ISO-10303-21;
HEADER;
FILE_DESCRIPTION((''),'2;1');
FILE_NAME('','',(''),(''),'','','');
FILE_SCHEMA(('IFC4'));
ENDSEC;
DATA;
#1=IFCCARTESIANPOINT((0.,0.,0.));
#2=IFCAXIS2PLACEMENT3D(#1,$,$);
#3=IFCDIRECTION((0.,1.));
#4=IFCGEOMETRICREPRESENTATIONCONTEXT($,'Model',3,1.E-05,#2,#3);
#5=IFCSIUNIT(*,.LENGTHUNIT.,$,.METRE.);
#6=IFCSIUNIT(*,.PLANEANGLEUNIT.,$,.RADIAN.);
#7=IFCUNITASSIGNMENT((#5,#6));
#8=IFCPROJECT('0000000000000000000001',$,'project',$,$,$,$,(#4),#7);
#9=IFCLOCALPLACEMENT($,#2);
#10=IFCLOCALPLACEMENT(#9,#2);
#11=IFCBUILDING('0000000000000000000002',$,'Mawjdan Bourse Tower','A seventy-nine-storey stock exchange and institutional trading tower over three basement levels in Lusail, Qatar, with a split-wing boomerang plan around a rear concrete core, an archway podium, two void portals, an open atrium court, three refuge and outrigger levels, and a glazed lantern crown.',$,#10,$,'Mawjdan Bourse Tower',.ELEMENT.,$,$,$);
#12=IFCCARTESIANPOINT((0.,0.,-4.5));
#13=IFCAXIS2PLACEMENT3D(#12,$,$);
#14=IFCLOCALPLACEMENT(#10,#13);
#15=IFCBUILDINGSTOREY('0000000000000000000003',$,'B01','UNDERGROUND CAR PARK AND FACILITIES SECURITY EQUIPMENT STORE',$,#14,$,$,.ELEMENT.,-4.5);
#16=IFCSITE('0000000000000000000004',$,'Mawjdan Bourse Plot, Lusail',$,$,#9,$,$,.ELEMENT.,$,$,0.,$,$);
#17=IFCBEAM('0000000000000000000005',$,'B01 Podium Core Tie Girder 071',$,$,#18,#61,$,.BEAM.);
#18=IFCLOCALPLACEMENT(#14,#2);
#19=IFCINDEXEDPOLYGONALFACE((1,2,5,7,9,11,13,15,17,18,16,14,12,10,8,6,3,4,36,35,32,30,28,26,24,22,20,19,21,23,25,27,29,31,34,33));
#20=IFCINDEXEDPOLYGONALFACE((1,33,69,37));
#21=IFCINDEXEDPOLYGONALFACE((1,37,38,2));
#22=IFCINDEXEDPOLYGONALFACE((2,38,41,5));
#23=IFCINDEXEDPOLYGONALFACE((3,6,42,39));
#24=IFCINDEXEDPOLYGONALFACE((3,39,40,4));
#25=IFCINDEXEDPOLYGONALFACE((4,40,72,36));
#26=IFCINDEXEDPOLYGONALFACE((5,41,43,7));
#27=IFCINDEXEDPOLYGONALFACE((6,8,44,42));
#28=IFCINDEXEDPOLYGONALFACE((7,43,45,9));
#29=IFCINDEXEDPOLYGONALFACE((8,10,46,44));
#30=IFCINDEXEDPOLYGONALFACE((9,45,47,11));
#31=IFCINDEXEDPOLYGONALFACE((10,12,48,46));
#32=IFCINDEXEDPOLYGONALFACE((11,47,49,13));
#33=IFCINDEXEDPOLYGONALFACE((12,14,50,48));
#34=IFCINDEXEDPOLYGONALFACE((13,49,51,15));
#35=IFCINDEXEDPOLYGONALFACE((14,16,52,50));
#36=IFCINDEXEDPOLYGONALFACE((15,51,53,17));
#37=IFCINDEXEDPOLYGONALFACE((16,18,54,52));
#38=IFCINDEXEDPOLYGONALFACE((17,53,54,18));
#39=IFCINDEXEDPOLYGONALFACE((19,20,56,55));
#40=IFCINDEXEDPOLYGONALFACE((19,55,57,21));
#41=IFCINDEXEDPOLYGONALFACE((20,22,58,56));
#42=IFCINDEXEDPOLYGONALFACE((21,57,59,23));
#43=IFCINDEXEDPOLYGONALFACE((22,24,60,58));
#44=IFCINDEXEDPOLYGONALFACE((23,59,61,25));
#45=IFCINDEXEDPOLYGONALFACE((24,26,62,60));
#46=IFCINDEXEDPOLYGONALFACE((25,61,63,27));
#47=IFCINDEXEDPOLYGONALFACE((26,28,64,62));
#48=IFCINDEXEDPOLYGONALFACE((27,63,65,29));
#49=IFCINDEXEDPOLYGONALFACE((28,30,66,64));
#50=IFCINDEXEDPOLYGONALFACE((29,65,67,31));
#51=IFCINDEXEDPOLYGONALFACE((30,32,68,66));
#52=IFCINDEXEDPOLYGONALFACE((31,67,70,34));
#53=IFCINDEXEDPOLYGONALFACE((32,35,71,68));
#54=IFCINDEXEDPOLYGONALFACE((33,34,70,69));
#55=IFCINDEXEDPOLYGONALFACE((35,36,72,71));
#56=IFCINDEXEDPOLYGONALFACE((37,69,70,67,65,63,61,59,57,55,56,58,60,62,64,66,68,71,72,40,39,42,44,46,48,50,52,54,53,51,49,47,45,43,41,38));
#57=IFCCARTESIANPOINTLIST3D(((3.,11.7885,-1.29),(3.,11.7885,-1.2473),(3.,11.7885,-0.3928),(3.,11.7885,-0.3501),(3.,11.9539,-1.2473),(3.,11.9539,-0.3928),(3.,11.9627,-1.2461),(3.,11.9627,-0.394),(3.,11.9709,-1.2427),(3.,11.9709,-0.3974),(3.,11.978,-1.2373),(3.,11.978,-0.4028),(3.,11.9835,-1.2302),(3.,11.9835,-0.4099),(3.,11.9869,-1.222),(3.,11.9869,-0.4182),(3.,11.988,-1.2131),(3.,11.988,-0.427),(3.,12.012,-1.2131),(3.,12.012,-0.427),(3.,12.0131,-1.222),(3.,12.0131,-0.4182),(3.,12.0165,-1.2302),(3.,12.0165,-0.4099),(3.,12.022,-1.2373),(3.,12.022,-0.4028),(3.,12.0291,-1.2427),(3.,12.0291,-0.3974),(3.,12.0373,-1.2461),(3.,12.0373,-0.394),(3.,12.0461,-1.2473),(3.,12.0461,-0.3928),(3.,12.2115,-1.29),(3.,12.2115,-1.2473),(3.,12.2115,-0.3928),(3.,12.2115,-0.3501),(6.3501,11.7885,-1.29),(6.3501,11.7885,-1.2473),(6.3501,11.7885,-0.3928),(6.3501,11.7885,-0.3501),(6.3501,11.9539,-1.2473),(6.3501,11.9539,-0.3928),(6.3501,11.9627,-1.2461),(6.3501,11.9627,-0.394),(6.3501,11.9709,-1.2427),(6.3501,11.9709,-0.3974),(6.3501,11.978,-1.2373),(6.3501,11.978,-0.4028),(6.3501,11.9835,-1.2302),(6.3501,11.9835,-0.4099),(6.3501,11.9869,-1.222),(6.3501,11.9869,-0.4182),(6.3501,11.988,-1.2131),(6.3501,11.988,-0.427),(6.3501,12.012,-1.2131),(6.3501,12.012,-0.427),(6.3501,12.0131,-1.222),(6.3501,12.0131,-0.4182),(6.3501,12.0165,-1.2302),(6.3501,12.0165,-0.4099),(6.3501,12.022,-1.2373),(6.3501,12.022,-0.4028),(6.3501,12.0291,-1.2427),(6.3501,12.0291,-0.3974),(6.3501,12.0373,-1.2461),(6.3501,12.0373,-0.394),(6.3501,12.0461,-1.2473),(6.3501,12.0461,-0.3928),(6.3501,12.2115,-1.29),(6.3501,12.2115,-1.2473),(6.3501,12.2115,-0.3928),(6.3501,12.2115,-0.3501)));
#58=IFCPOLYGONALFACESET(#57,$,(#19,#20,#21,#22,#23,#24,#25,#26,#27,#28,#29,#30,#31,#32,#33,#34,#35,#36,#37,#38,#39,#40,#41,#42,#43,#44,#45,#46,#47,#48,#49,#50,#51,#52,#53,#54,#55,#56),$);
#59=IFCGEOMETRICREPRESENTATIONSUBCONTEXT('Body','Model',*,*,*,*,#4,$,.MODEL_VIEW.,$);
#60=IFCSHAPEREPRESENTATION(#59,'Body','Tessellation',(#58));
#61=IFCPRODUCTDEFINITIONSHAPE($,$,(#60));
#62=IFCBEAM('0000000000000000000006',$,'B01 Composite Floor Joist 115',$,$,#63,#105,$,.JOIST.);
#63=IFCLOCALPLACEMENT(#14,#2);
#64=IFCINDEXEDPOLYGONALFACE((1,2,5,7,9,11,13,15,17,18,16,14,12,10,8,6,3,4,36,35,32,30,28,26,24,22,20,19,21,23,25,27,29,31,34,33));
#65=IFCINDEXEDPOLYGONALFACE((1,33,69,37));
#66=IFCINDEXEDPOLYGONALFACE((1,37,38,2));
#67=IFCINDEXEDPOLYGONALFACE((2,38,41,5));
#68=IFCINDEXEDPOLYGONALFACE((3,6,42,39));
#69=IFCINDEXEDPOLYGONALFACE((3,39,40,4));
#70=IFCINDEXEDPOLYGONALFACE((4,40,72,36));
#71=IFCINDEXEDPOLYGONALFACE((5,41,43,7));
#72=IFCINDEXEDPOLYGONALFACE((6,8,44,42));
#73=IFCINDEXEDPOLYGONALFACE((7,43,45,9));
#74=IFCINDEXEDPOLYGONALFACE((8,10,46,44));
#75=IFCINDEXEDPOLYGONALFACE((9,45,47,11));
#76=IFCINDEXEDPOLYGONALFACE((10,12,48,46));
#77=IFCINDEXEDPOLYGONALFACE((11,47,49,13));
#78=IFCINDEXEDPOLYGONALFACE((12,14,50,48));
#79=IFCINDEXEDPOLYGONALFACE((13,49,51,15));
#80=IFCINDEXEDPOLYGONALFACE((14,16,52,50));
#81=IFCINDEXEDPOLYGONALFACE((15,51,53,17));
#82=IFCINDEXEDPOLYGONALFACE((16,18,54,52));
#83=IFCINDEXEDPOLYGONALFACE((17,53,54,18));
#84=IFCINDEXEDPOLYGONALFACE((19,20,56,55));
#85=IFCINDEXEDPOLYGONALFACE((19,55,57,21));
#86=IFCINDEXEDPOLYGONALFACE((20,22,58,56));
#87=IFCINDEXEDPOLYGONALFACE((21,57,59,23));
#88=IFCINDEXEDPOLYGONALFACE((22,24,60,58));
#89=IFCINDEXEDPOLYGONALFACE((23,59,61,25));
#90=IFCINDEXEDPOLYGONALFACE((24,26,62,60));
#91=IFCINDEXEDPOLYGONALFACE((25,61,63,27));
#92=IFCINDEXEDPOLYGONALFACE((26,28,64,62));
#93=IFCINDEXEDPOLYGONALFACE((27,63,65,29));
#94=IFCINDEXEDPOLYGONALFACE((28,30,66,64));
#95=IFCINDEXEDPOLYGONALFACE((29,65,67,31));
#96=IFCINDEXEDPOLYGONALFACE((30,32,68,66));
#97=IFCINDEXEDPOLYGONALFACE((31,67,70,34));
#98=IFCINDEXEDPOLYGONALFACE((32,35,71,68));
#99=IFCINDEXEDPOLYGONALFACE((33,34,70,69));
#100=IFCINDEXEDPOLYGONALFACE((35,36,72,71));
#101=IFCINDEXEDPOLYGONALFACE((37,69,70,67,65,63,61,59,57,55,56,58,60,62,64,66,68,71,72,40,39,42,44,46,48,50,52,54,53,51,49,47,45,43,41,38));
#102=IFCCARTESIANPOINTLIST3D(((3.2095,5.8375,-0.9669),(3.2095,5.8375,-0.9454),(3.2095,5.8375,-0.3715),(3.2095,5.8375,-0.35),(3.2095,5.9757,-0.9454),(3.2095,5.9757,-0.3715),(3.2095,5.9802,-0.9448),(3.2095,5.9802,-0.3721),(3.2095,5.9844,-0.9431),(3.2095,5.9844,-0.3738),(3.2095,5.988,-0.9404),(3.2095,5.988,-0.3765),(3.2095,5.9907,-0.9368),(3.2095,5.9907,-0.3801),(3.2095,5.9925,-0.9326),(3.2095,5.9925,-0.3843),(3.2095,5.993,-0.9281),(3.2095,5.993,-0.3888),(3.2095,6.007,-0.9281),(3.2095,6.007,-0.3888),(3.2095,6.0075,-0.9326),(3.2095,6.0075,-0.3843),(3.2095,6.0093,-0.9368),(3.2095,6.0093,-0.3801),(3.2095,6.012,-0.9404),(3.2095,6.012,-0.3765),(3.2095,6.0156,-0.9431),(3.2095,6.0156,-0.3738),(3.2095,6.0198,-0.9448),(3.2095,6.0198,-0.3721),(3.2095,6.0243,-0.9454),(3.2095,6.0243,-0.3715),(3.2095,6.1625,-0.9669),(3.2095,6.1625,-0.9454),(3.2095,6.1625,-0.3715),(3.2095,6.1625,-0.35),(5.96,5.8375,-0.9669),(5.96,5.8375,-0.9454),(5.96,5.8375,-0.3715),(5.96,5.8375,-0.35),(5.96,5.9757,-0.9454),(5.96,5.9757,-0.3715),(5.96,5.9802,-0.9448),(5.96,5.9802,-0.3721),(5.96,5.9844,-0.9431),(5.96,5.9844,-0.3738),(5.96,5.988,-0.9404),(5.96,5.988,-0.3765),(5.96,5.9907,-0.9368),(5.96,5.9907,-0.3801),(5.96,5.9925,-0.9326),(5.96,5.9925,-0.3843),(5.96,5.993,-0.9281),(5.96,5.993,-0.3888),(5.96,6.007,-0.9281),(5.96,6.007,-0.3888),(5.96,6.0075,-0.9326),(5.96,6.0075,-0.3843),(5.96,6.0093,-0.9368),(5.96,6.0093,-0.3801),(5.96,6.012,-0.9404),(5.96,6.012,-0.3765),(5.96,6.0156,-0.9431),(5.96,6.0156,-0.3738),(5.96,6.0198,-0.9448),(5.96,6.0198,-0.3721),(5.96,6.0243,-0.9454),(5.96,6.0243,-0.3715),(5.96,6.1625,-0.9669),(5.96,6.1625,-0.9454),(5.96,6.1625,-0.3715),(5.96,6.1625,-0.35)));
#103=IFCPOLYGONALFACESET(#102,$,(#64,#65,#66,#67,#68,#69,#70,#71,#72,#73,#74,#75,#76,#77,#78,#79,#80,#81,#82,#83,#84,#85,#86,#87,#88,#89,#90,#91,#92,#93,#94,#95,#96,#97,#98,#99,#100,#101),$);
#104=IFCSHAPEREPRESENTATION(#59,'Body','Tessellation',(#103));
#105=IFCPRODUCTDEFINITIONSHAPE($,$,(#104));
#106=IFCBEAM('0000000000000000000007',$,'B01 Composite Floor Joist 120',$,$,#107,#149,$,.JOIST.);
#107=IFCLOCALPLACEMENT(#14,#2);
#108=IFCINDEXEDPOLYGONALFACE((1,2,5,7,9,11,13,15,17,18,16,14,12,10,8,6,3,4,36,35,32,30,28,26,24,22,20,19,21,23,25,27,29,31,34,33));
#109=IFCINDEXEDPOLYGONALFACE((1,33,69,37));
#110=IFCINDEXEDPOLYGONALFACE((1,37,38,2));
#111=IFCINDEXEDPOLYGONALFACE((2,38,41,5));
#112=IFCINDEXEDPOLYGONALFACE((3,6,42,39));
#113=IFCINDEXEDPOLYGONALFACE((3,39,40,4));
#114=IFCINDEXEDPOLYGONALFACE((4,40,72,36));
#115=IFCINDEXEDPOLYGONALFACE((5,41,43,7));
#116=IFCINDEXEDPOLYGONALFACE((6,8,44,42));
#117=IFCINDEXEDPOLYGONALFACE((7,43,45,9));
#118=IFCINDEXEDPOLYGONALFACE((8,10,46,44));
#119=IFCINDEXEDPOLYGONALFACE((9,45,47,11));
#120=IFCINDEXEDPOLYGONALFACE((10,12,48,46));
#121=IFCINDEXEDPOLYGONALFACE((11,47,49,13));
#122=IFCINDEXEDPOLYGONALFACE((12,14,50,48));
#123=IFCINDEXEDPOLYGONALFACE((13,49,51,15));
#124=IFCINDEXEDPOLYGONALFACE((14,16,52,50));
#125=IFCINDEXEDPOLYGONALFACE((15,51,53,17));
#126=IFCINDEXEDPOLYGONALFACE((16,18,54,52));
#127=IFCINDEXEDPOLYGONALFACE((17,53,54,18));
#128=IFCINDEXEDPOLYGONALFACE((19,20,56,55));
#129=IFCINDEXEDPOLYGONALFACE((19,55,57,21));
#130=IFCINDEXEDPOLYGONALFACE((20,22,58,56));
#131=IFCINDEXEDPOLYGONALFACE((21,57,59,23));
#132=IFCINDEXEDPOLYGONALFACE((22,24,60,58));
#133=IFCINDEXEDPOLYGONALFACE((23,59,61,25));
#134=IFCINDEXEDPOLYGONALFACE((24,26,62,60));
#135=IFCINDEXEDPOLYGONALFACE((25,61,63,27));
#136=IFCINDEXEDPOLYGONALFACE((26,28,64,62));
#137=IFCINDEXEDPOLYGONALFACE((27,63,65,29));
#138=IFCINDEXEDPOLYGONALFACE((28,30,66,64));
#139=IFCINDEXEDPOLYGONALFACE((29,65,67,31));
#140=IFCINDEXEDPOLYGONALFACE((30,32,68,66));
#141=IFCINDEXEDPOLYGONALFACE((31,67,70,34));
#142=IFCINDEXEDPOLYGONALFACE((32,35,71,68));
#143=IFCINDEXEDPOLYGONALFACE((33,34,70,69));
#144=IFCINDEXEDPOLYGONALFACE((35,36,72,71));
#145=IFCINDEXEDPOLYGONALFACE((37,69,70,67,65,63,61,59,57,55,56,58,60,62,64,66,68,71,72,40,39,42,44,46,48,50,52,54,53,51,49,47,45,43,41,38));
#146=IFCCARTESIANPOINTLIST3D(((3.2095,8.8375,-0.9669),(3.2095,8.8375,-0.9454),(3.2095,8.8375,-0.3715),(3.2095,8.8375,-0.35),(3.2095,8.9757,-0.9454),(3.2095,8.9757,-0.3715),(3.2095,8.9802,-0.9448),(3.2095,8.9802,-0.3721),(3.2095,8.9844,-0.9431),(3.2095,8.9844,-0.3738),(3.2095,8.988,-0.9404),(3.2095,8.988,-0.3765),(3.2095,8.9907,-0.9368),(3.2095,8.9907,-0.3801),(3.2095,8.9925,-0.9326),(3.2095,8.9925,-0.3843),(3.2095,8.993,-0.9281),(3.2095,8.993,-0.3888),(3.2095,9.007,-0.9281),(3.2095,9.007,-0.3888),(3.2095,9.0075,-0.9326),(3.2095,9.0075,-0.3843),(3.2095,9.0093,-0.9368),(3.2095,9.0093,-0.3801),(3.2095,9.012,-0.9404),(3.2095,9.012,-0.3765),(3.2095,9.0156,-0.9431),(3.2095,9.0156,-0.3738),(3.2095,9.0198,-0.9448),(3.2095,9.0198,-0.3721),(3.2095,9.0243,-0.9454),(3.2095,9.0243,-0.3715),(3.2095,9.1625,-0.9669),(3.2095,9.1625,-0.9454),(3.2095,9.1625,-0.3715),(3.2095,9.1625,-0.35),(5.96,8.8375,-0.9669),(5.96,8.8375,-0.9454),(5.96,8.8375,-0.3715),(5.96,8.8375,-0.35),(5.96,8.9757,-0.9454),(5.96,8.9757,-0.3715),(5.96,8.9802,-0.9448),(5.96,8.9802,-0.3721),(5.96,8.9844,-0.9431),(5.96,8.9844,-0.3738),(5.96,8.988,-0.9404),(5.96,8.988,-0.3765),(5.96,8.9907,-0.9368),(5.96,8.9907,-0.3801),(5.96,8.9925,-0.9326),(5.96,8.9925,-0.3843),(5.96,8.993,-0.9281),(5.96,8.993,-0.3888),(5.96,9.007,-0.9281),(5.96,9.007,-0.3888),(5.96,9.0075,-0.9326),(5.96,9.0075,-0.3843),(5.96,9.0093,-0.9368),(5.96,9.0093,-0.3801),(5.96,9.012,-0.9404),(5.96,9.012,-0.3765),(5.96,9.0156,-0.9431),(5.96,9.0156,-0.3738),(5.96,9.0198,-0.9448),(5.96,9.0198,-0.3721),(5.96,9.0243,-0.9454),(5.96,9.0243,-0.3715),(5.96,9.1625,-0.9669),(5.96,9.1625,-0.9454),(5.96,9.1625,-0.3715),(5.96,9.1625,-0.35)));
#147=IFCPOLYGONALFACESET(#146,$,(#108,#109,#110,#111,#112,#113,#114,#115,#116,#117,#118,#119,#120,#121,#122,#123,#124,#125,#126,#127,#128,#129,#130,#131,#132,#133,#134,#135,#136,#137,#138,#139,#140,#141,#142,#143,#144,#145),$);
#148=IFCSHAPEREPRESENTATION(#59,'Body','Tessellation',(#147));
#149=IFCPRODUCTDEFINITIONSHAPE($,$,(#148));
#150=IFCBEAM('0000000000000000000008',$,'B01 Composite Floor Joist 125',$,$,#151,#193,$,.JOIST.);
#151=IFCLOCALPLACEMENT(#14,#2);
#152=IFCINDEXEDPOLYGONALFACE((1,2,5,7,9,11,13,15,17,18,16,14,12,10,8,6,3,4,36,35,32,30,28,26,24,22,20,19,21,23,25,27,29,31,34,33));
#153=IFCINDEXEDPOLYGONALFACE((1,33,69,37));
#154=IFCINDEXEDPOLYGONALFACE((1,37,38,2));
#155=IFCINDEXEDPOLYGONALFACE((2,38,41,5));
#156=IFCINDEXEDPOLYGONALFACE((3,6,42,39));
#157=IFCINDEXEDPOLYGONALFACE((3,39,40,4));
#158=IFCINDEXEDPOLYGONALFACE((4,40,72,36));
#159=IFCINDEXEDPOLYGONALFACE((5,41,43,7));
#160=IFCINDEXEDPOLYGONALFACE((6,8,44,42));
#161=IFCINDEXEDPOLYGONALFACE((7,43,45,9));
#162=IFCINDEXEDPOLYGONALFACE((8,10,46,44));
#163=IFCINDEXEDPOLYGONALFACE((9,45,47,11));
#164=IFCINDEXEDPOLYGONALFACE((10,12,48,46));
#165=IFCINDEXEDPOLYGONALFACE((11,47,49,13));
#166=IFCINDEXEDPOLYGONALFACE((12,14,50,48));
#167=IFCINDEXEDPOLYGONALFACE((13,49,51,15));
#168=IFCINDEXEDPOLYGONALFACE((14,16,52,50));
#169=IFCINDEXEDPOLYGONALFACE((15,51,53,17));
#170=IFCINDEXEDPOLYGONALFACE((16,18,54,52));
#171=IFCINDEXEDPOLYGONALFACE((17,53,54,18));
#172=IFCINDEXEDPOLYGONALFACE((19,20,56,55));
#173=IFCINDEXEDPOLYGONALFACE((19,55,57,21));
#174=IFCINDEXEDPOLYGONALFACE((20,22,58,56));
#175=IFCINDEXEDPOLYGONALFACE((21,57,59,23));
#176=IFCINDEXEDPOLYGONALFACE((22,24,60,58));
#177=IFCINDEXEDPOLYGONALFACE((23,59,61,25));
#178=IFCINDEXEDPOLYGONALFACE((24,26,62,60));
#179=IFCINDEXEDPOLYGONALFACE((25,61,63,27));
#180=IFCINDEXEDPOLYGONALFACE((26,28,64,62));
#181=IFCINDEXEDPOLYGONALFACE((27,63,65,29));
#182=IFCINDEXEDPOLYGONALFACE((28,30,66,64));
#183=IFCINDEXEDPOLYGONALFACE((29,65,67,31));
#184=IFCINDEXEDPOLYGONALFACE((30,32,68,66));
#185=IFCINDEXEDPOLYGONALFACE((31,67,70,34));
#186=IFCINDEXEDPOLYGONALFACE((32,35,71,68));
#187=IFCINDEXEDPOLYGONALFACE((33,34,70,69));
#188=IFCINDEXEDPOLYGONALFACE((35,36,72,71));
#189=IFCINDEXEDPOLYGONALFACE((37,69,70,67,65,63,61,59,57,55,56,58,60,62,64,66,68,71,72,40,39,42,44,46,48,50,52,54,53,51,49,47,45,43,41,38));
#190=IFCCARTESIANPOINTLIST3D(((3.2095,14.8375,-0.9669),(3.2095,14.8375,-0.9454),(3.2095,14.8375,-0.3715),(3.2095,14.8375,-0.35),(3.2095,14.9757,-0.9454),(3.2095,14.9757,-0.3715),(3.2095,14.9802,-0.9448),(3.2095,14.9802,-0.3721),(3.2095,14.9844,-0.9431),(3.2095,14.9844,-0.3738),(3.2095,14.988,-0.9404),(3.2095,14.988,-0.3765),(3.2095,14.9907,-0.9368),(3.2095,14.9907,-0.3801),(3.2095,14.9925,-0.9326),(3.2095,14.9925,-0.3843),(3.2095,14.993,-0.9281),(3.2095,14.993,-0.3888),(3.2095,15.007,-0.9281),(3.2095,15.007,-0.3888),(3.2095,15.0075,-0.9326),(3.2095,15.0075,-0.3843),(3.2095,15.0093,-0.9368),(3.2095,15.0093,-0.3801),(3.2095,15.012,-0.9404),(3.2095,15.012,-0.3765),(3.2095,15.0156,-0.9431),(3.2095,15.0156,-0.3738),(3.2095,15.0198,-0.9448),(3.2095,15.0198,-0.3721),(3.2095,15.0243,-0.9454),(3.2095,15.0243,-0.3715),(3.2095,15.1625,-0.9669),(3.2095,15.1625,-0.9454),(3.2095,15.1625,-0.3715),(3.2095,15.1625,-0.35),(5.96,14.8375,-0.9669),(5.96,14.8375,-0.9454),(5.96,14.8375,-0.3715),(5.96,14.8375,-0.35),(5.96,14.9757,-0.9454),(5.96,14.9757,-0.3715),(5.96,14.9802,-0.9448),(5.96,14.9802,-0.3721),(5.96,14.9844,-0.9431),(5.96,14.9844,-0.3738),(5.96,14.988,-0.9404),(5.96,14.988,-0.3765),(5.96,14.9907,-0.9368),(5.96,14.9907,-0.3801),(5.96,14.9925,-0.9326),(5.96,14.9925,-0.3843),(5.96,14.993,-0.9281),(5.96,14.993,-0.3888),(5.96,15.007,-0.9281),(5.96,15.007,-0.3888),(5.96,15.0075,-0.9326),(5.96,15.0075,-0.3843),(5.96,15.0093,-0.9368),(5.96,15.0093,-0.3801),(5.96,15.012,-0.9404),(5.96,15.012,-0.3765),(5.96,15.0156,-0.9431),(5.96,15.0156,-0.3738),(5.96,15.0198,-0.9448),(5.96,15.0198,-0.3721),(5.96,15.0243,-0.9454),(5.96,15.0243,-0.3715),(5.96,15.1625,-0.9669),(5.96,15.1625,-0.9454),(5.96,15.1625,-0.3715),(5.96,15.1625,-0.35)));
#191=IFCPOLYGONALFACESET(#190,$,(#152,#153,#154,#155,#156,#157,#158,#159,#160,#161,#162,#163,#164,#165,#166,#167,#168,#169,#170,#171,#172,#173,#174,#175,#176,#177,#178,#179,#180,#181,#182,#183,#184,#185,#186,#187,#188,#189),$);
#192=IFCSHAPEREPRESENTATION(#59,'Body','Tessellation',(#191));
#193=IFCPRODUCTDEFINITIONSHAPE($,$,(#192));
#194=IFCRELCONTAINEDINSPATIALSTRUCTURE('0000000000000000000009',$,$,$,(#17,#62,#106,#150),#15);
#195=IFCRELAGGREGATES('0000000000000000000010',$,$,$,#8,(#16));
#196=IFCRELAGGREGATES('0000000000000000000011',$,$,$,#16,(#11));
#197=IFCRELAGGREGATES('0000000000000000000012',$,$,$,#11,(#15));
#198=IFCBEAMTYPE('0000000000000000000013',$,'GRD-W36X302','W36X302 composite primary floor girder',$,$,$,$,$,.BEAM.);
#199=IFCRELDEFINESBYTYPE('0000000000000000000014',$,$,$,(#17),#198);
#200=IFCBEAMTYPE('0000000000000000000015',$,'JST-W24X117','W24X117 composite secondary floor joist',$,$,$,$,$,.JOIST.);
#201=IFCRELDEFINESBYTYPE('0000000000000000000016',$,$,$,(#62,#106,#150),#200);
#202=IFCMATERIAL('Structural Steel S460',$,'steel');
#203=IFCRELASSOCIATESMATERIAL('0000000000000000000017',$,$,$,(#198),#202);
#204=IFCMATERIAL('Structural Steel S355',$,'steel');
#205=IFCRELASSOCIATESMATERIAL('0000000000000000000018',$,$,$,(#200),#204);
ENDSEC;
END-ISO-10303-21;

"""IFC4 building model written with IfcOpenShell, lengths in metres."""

from ifc_helpers import new_model, si_unit, direction, frame, origin, origin_2d, place, context, subcontext, project, spatial, i_section, extrude, material, material_profile, profile_set, type_object, element, save


model = new_model("IFC4")

# Units and contexts
model_context = context("Model", 3, precision=1e-05, world=origin(), true_north=direction((0.0, 1.0)))
body_context = subcontext(model_context, "Body", "Model", "MODEL_VIEW")
ifc_project = project(units=[si_unit("LENGTHUNIT", "METRE"), si_unit("PLANEANGLEUNIT", "RADIAN")], contexts=[model_context])

# Site, building, storey
site_placement = place(None, origin())
site = spatial("IfcSite", under=ifc_project, at=site_placement, Name="Mawjdan Bourse Plot, Lusail", CompositionType="ELEMENT", RefElevation=0.0)
building_placement = place(site_placement, origin())
building = spatial("IfcBuilding", under=site, at=building_placement, Name="Mawjdan Bourse Tower", Description="A seventy-nine-storey stock exchange and institutional trading tower over three basement levels in Lusail, Qatar, with a split-wing boomerang plan around a rear concrete core, an archway podium, two void portals, an open atrium court, three refuge and outrigger levels, and a glazed lantern crown.", LongName="Mawjdan Bourse Tower", CompositionType="ELEMENT")
storey_placement = place(building_placement, frame((0.0, 0.0, -4.5)))
storey = spatial("IfcBuildingStorey", under=building, at=storey_placement, Name="B01", Description="UNDERGROUND CAR PARK AND FACILITIES SECURITY EQUIPMENT STORE", CompositionType="ELEMENT", Elevation=-4.5)

# Beams
ifc_material_1 = material(Name="Structural Steel S460", Category="steel")
ifc_material_profile_1 = material_profile(ifc_material_1, i_section(OverallWidth=0.4231, OverallDepth=0.9399, WebThickness=0.0239, FlangeThickness=0.0427, FilletRadius=0.0342, at=origin_2d()), Name="W36X302")
ifc_profile_set_1 = profile_set([ifc_material_profile_1], Name="Structural Steel S460")
beam_type_1 = type_object("IfcBeamType", Name="GRD-W36X302", Description="W36X302 composite primary floor girder", PredefinedType="BEAM", material=ifc_profile_set_1)
beam_1_placement = place(storey_placement, frame((3.0, 12.0, -0.8201), z_axis=(1.0, 0.0, 0.0), x_axis=(0.0, 1.0, 0.0)))
element("IfcBeam", 1, at=beam_1_placement, inside=storey, type_object=beam_type_1, Name="B01 Podium Core Tie Girder 071", PredefinedType="BEAM", context=body_context, shape_type="SweptSolid", body=[
    extrude(i_section(OverallWidth=0.4231, OverallDepth=0.9399, WebThickness=0.0239, FlangeThickness=0.0427, FilletRadius=0.0342, at=origin_2d()), origin(), (0.0, 0.0, 1.0), 3.3501),
])
ifc_material_2 = material(Name="Structural Steel S355", Category="steel")
ifc_material_profile_2 = material_profile(ifc_material_2, i_section(OverallWidth=0.325, OverallDepth=0.6169, WebThickness=0.0139, FlangeThickness=0.0215, FilletRadius=0.0173, at=origin_2d()), Name="W24X117")
ifc_profile_set_2 = profile_set([ifc_material_profile_2], Name="Structural Steel S355")
beam_type_2 = type_object("IfcBeamType", Name="JST-W24X117", Description="W24X117 composite secondary floor joist", PredefinedType="JOIST", material=ifc_profile_set_2)
for number, where, z_axis, x_axis, name in (
    (2, (3.2095, 6.0, -0.6584), (1.0, 0.0, 0.0), (0.0, 1.0, 0.0), "B01 Composite Floor Joist 115"),
    (3, (3.2095, 9.0, -0.6584), (1.0, 0.0, 0.0), (0.0, 1.0, 0.0), "B01 Composite Floor Joist 120"),
    (4, (3.2095, 15.0, -0.6584), (1.0, 0.0, 0.0), (0.0, 1.0, 0.0), "B01 Composite Floor Joist 125"),
):
    element("IfcBeam", number, at=place(storey_placement, frame(where, z_axis=z_axis, x_axis=x_axis)), inside=storey, type_object=beam_type_2, Name=name, PredefinedType="JOIST", context=body_context, shape_type="SweptSolid", body=[
        extrude(i_section(OverallWidth=0.325, OverallDepth=0.6169, WebThickness=0.0139, FlangeThickness=0.0215, FilletRadius=0.0173, at=origin_2d()), origin(), (0.0, 0.0, 1.0), 2.7505),
    ])

save(model, "model.ifc")
